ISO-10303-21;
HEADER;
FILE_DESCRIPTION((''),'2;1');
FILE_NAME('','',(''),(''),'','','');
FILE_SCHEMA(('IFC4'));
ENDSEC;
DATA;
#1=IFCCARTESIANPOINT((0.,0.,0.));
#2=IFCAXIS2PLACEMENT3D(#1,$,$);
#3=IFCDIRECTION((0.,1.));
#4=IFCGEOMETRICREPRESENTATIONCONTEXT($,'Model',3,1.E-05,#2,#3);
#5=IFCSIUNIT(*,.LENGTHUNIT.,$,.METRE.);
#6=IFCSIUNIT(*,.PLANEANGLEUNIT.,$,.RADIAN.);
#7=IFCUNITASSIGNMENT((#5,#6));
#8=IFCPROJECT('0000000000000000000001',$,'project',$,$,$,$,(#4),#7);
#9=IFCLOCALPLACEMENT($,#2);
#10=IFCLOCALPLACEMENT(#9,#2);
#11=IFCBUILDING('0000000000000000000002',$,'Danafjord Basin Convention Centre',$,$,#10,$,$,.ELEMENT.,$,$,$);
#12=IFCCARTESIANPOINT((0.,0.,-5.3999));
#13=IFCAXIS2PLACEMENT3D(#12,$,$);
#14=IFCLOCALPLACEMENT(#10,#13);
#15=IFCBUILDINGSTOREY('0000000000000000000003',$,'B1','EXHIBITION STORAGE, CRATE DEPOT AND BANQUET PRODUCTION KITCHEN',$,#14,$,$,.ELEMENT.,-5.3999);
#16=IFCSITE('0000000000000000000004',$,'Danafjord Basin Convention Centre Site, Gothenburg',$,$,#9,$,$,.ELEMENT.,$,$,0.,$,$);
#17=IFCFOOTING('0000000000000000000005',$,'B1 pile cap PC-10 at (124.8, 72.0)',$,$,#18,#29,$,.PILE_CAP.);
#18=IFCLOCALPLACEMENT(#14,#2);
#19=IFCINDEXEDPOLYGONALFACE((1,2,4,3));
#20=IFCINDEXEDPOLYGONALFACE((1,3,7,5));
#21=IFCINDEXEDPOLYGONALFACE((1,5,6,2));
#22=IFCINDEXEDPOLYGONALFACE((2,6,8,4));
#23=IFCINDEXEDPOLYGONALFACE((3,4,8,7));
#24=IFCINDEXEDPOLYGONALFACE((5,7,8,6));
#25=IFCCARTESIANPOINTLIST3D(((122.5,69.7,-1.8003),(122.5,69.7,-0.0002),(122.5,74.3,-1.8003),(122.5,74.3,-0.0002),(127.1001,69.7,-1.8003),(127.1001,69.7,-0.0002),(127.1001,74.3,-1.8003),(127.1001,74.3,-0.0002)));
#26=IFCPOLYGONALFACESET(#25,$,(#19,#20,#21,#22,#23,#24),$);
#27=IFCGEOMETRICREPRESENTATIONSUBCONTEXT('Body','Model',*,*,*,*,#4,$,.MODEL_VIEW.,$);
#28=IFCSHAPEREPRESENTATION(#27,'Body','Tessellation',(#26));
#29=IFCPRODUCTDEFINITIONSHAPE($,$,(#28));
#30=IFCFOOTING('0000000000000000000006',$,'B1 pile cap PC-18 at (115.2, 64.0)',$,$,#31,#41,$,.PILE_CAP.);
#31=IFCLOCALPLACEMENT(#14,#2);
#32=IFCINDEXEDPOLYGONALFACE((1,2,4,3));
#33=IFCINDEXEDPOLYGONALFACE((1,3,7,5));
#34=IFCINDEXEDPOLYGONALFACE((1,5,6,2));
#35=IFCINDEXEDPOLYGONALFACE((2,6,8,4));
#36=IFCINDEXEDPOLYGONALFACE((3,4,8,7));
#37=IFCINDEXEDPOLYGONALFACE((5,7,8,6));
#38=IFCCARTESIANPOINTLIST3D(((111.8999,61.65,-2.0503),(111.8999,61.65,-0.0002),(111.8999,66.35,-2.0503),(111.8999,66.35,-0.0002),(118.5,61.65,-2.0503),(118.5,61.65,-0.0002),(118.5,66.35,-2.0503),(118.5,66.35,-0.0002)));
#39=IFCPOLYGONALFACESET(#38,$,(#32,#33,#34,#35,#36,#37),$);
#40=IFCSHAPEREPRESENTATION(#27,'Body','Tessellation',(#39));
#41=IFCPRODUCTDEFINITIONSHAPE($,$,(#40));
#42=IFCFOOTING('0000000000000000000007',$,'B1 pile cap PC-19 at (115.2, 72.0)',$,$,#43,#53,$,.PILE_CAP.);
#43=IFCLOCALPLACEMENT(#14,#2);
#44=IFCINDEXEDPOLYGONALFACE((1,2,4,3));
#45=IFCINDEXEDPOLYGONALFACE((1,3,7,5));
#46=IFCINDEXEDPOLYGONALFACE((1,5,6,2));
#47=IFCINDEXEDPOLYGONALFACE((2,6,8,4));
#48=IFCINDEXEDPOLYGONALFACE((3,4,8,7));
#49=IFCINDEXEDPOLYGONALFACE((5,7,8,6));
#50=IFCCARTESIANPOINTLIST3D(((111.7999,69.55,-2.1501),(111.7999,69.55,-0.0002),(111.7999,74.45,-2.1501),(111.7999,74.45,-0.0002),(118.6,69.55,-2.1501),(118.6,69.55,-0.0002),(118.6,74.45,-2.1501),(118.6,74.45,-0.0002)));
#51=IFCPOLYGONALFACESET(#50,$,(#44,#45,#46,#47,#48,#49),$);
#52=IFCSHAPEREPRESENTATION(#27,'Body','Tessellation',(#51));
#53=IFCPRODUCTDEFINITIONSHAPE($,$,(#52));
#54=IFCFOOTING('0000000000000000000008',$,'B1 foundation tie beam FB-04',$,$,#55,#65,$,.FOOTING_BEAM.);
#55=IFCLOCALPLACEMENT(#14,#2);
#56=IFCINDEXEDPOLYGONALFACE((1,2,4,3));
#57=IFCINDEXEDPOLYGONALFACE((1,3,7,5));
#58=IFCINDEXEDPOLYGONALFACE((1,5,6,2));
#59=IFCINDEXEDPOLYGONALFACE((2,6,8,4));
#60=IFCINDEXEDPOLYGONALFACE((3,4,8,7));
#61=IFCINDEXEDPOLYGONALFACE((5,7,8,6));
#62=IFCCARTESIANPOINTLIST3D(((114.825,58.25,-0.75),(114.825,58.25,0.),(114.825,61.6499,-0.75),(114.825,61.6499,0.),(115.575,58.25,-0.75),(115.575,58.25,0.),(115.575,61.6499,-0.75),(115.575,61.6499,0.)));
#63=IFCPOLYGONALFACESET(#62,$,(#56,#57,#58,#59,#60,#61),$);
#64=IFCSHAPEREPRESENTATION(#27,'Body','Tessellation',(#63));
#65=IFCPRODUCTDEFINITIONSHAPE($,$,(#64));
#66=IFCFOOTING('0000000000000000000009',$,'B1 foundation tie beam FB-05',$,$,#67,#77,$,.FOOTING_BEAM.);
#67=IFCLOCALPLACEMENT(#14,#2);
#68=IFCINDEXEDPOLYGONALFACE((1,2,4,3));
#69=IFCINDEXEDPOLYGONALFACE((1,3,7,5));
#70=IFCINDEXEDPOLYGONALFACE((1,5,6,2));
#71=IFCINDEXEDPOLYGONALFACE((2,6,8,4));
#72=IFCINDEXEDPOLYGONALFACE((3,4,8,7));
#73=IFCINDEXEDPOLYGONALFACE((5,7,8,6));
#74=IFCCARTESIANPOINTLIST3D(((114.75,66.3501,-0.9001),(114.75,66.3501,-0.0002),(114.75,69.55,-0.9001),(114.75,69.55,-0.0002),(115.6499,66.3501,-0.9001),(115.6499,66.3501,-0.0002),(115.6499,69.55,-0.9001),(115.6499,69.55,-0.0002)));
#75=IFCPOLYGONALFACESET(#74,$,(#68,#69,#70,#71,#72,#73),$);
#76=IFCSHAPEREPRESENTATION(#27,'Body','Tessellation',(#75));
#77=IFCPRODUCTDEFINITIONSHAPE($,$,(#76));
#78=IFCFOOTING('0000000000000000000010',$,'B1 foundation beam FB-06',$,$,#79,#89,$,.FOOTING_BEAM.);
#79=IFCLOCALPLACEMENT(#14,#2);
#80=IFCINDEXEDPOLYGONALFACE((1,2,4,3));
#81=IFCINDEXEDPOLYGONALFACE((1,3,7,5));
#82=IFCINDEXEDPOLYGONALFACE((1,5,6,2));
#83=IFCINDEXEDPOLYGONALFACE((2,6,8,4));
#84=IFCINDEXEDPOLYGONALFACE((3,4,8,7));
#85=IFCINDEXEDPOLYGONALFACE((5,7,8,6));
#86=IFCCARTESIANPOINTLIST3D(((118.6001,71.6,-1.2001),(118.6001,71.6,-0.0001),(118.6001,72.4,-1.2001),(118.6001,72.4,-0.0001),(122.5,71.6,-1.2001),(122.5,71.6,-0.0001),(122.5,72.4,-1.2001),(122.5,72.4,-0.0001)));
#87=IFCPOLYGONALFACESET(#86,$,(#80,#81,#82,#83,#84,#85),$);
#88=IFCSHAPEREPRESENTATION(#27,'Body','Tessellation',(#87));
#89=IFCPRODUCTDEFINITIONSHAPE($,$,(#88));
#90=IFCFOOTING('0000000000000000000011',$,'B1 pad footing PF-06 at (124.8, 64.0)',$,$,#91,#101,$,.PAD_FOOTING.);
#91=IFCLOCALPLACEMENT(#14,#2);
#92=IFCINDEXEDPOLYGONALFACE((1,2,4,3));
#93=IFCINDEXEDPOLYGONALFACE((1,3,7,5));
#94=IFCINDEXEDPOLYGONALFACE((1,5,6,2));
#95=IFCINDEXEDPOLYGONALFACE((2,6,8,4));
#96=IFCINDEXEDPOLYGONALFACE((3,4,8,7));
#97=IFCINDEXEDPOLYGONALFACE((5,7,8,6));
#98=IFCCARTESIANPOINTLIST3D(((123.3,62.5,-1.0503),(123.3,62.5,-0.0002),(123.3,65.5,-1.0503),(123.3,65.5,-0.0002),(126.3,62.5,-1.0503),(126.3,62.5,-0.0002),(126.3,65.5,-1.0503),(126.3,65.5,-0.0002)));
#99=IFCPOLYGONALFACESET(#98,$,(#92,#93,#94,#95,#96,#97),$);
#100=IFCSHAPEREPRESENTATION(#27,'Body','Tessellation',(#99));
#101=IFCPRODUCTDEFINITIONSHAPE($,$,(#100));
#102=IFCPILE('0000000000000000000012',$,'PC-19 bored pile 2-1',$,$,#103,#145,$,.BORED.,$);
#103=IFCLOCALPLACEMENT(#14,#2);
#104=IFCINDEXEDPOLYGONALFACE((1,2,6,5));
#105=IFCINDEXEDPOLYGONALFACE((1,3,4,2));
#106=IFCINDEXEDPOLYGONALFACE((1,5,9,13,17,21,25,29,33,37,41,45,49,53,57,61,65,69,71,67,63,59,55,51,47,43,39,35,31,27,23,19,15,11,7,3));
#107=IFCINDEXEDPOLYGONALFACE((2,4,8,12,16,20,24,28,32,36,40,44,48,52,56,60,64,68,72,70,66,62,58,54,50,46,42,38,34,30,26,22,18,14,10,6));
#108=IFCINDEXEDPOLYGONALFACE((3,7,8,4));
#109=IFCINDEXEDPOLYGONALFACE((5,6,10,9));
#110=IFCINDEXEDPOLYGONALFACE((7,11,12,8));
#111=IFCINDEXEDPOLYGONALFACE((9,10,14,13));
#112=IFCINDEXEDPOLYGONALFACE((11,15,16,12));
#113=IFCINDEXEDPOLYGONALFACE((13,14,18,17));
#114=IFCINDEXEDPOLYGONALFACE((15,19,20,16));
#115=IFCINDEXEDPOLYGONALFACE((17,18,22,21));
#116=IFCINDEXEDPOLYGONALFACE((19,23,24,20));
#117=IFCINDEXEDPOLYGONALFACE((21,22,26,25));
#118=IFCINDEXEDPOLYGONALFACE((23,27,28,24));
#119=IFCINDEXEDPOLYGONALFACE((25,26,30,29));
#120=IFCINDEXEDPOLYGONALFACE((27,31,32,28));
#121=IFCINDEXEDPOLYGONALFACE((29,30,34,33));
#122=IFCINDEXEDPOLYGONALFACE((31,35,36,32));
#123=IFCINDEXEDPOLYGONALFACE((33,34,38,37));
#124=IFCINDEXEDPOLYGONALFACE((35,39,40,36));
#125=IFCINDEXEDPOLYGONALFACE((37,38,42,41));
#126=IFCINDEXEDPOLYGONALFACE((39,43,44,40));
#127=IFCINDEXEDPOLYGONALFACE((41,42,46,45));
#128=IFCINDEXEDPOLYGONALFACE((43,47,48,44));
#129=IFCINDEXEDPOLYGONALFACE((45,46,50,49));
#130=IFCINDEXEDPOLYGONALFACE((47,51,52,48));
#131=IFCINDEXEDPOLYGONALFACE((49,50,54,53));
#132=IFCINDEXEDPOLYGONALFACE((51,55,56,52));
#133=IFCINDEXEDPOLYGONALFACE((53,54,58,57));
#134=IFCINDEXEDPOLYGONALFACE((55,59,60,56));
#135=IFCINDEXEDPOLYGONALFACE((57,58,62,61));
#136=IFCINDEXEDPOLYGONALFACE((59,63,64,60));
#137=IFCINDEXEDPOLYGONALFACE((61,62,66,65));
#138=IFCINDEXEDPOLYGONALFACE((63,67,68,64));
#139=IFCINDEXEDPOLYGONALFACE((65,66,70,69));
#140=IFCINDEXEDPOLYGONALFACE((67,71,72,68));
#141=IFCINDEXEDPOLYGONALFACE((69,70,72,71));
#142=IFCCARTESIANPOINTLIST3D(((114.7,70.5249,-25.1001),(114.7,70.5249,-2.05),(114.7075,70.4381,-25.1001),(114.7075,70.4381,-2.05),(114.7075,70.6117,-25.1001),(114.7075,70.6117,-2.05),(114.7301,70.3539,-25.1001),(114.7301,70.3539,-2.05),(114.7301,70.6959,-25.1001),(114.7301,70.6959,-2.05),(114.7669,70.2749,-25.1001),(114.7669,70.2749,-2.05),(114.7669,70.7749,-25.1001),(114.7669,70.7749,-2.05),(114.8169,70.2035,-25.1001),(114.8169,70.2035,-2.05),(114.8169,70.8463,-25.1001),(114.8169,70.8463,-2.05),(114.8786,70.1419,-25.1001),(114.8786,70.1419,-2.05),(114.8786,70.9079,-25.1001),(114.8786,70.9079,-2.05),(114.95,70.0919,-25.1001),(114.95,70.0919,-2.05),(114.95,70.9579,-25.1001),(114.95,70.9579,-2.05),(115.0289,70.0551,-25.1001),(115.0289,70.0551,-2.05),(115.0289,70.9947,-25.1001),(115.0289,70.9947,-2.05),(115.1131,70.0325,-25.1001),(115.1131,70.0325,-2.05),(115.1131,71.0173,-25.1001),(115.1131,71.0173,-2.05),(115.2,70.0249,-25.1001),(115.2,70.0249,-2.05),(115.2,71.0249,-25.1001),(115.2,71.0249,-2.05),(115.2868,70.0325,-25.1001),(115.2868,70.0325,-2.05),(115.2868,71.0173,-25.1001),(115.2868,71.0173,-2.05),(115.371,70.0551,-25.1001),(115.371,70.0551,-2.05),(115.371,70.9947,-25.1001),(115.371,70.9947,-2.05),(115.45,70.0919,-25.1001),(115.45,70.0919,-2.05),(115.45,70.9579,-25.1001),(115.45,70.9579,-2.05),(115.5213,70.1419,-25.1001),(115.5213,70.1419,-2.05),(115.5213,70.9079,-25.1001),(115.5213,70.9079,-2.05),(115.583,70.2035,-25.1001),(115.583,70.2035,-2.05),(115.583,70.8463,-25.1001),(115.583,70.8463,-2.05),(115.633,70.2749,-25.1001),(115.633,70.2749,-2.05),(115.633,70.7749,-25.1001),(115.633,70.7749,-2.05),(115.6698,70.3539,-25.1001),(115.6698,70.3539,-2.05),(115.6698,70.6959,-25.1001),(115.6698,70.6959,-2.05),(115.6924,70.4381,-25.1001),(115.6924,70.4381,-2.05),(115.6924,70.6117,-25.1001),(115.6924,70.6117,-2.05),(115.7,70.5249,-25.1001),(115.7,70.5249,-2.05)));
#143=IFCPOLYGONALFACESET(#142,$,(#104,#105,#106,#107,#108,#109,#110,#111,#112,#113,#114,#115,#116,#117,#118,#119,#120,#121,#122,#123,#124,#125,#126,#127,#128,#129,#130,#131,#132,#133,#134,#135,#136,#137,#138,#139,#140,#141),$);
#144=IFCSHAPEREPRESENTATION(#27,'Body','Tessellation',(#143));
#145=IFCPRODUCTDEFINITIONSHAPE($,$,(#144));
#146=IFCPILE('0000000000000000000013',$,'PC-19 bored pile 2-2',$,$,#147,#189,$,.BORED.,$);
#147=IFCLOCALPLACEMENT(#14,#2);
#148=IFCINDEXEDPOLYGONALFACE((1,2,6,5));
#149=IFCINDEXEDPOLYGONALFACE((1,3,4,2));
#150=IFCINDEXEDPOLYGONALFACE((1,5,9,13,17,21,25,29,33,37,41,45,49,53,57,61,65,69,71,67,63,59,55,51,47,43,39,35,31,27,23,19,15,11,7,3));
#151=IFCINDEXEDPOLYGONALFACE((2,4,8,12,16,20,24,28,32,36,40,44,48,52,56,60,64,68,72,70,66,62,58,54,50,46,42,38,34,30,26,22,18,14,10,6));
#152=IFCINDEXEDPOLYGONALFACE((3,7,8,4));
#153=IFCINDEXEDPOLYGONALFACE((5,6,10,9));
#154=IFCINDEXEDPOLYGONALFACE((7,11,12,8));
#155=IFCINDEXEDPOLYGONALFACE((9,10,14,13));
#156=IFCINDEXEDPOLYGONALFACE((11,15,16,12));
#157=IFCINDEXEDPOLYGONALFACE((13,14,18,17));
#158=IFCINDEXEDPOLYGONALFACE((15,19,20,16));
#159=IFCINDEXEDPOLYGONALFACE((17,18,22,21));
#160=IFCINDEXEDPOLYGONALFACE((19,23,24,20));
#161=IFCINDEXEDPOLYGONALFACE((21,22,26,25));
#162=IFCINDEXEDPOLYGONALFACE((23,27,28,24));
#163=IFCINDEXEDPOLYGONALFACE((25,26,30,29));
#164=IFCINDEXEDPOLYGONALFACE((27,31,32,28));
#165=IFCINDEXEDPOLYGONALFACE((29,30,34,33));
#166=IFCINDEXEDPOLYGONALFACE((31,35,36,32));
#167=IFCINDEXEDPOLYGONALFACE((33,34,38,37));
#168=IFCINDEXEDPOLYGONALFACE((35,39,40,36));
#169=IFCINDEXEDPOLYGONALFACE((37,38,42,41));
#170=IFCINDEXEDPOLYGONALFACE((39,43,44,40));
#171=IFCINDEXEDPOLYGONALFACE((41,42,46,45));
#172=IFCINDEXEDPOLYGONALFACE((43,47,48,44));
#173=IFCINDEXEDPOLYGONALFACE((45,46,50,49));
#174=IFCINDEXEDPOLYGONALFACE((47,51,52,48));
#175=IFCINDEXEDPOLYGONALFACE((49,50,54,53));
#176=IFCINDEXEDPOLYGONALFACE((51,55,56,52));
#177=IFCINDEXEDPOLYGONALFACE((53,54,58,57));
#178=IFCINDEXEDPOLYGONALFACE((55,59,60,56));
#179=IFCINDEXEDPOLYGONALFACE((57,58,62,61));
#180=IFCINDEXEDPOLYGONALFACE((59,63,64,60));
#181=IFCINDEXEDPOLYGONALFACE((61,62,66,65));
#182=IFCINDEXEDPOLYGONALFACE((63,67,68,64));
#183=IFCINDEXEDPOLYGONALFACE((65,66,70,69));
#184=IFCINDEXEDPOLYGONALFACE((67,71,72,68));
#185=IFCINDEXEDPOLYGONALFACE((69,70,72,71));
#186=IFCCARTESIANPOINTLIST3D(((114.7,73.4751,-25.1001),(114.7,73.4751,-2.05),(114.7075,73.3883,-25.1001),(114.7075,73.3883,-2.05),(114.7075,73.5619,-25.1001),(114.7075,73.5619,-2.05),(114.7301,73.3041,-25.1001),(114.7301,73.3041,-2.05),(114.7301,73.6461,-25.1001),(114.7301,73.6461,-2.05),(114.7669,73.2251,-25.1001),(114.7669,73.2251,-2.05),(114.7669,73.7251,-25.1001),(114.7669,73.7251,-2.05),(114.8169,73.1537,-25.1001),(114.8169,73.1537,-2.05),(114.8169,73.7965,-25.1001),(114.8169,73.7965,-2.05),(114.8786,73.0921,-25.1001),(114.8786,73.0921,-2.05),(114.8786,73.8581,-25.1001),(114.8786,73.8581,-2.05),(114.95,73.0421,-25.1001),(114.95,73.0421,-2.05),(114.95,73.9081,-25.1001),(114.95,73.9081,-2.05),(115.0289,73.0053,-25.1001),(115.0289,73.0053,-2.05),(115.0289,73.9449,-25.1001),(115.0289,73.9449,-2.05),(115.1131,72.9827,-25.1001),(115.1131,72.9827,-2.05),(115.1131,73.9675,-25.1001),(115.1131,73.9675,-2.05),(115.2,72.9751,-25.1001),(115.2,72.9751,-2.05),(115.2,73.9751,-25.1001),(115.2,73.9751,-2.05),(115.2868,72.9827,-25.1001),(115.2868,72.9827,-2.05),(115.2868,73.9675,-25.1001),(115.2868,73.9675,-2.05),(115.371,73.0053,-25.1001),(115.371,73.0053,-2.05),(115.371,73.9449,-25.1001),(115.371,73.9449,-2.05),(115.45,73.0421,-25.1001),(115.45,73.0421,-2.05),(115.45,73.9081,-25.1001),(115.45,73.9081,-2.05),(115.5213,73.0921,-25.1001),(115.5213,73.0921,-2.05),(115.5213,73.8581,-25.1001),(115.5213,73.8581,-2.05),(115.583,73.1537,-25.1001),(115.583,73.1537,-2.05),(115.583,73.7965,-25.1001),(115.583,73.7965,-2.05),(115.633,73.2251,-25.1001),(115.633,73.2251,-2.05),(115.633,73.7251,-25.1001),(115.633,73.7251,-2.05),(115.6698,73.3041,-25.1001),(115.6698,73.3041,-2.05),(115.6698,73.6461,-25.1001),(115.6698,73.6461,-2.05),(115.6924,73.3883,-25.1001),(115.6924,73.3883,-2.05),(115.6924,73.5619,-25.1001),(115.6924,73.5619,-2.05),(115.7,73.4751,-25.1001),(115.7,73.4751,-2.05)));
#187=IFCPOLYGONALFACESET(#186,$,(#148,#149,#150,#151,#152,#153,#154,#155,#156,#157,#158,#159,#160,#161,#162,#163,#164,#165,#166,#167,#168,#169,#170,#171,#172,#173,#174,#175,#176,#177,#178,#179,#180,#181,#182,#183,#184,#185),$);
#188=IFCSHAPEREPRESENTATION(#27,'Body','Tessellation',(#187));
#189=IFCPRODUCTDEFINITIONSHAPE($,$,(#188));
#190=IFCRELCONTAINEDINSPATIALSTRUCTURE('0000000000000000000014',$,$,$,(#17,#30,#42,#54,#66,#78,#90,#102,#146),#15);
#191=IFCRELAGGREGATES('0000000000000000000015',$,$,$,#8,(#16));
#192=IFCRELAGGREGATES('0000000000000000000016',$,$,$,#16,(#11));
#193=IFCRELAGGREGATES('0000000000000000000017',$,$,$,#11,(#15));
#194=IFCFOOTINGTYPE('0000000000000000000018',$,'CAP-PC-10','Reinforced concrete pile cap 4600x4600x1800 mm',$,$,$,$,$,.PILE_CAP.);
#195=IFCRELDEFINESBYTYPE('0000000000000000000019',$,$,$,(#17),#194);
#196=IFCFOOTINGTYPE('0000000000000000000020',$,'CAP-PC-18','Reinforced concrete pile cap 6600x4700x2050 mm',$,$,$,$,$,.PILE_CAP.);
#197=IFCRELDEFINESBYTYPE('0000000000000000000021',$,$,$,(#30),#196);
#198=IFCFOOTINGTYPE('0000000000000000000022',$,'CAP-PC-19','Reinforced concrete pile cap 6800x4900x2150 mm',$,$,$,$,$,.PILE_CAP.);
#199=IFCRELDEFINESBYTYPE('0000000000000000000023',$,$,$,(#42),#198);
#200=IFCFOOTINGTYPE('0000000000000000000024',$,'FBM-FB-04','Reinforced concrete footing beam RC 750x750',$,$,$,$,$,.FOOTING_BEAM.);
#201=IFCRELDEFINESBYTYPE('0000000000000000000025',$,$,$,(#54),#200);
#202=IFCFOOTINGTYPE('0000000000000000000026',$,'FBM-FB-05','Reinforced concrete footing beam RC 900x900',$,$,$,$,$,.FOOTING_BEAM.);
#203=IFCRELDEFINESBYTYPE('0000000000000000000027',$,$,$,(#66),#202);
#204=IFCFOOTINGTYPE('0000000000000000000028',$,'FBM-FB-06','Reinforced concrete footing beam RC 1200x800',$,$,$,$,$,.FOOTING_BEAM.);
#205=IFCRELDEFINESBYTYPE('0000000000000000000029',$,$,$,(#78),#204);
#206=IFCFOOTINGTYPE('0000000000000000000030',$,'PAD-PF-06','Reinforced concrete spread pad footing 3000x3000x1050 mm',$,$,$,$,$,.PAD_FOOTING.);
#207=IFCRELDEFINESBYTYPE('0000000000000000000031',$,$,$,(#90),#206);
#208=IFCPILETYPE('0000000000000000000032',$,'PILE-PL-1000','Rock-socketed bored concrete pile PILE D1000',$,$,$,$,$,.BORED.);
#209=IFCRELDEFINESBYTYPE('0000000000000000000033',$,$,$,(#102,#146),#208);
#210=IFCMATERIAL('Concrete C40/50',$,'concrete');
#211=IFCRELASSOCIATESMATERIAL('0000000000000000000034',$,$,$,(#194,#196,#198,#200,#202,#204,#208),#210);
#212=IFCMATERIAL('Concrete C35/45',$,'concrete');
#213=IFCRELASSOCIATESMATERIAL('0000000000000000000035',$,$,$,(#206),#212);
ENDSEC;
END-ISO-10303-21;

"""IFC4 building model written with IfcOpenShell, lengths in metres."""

from ifc_helpers import new_model, si_unit, direction, frame, origin, origin_2d, place, context, subcontext, project, spatial, rectangle, circle, extrude, material, material_profile, profile_set, type_object, element, save


model = new_model("IFC4")

# Units and contexts
model_context = context("Model", 3, precision=1e-05, world=origin(), true_north=direction((0.0, 1.0)))
body_context = subcontext(model_context, "Body", "Model", "MODEL_VIEW")
ifc_project = project(units=[si_unit("LENGTHUNIT", "METRE"), si_unit("PLANEANGLEUNIT", "RADIAN")], contexts=[model_context])

# Site, building, storey
site_placement = place(None, origin())
site = spatial("IfcSite", under=ifc_project, at=site_placement, Name="Danafjord Basin Convention Centre Site, Gothenburg", CompositionType="ELEMENT", RefElevation=0.0)
building_placement = place(site_placement, origin())
building = spatial("IfcBuilding", under=site, at=building_placement, Name="Danafjord Basin Convention Centre", CompositionType="ELEMENT")
storey_placement = place(building_placement, frame((0.0, 0.0, -5.3999)))
storey = spatial("IfcBuildingStorey", under=building, at=storey_placement, Name="B1", Description="EXHIBITION STORAGE, CRATE DEPOT AND BANQUET PRODUCTION KITCHEN", CompositionType="ELEMENT", Elevation=-5.3999)

# Footings
ifc_material_1 = material(Name="Concrete C40/50", Category="concrete")
footing_type_1 = type_object("IfcFootingType", Name="CAP-PC-10", Description="Reinforced concrete pile cap 4600x4600x1800 mm", PredefinedType="PILE_CAP", material=ifc_material_1)
footing_1_placement = place(storey_placement, frame((124.8, 72.0, -1.8003), z_axis=(0.0, 0.0, 1.0), x_axis=(1.0, 0.0, 0.0)))
element("IfcFooting", 1, at=footing_1_placement, inside=storey, type_object=footing_type_1, Name="B1 pile cap PC-10 at (124.8, 72.0)", PredefinedType="PILE_CAP", context=body_context, shape_type="SweptSolid", body=[
    extrude(rectangle(XDim=4.6001, YDim=4.6001, at=origin_2d()), origin(), (0.0, 0.0, 1.0), 1.8),
])
footing_type_2 = type_object("IfcFootingType", Name="CAP-PC-18", Description="Reinforced concrete pile cap 6600x4700x2050 mm", PredefinedType="PILE_CAP", material=ifc_material_1)
footing_2_placement = place(storey_placement, frame((115.2, 64.0, -2.0503), z_axis=(0.0, 0.0, 1.0), x_axis=(1.0, 0.0, 0.0)))
element("IfcFooting", 2, at=footing_2_placement, inside=storey, type_object=footing_type_2, Name="B1 pile cap PC-18 at (115.2, 64.0)", PredefinedType="PILE_CAP", context=body_context, shape_type="SweptSolid", body=[
    extrude(rectangle(XDim=6.6001, YDim=4.7, at=origin_2d()), origin(), (0.0, 0.0, 1.0), 2.05),
])
footing_type_3 = type_object("IfcFootingType", Name="CAP-PC-19", Description="Reinforced concrete pile cap 6800x4900x2150 mm", PredefinedType="PILE_CAP", material=ifc_material_1)
footing_3_placement = place(storey_placement, frame((115.2, 72.0, -2.1501), z_axis=(0.0, 0.0, 1.0), x_axis=(1.0, 0.0, 0.0)))
element("IfcFooting", 3, at=footing_3_placement, inside=storey, type_object=footing_type_3, Name="B1 pile cap PC-19 at (115.2, 72.0)", PredefinedType="PILE_CAP", context=body_context, shape_type="SweptSolid", body=[
    extrude(rectangle(XDim=6.8, YDim=4.8999, at=origin_2d()), origin(), (0.0, 0.0, 1.0), 2.1499),
])
ifc_material_profile_1 = material_profile(ifc_material_1, rectangle(XDim=0.75, YDim=0.75, at=origin_2d()), Name="RC 750x750")
ifc_profile_set_1 = profile_set([ifc_material_profile_1], Name="Concrete C40/50")
footing_type_4 = type_object("IfcFootingType", Name="FBM-FB-04", Description="Reinforced concrete footing beam RC 750x750", PredefinedType="FOOTING_BEAM", material=ifc_profile_set_1)
footing_4_placement = place(storey_placement, frame((115.2, 58.25, -0.375), z_axis=(0.0, 1.0, 0.0), x_axis=(-1.0, 0.0, 0.0)))
element("IfcFooting", 4, at=footing_4_placement, inside=storey, type_object=footing_type_4, Name="B1 foundation tie beam FB-04", PredefinedType="FOOTING_BEAM", context=body_context, shape_type="SweptSolid", body=[
    extrude(rectangle(XDim=0.75, YDim=0.75, at=origin_2d()), origin(), (0.0, 0.0, 1.0), 3.3999),
])
ifc_material_profile_2 = material_profile(ifc_material_1, rectangle(XDim=0.8999, YDim=0.8999, at=origin_2d()), Name="RC 900x900")
ifc_profile_set_2 = profile_set([ifc_material_profile_2], Name="Concrete C40/50")
footing_type_5 = type_object("IfcFootingType", Name="FBM-FB-05", Description="Reinforced concrete footing beam RC 900x900", PredefinedType="FOOTING_BEAM", material=ifc_profile_set_2)
footing_5_placement = place(storey_placement, frame((115.2, 66.3501, -0.4502), z_axis=(0.0, 1.0, 0.0), x_axis=(-1.0, 0.0, 0.0)))
element("IfcFooting", 5, at=footing_5_placement, inside=storey, type_object=footing_type_5, Name="B1 foundation tie beam FB-05", PredefinedType="FOOTING_BEAM", context=body_context, shape_type="SweptSolid", body=[
    extrude(rectangle(XDim=0.8999, YDim=0.8999, at=origin_2d()), origin(), (0.0, 0.0, 1.0), 3.2),
])
ifc_material_profile_3 = material_profile(ifc_material_1, rectangle(XDim=0.8, YDim=1.2, at=origin_2d()), Name="RC 1200x800")
ifc_profile_set_3 = profile_set([ifc_material_profile_3], Name="Concrete C40/50")
footing_type_6 = type_object("IfcFootingType", Name="FBM-FB-06", Description="Reinforced concrete footing beam RC 1200x800", PredefinedType="FOOTING_BEAM", material=ifc_profile_set_3)
footing_6_placement = place(storey_placement, frame((118.6001, 72.0, -0.6001), z_axis=(1.0, 0.0, 0.0), x_axis=(0.0, 1.0, 0.0)))
element("IfcFooting", 6, at=footing_6_placement, inside=storey, type_object=footing_type_6, Name="B1 foundation beam FB-06", PredefinedType="FOOTING_BEAM", context=body_context, shape_type="SweptSolid", body=[
    extrude(rectangle(XDim=0.8, YDim=1.2, at=origin_2d()), origin(), (0.0, 0.0, 1.0), 3.8999),
])
ifc_material_2 = material(Name="Concrete C35/45", Category="concrete")
footing_type_7 = type_object("IfcFootingType", Name="PAD-PF-06", Description="Reinforced concrete spread pad footing 3000x3000x1050 mm", PredefinedType="PAD_FOOTING", material=ifc_material_2)
footing_7_placement = place(storey_placement, frame((124.8, 64.0, -1.0503), z_axis=(0.0, 0.0, 1.0), x_axis=(1.0, 0.0, 0.0)))
element("IfcFooting", 7, at=footing_7_placement, inside=storey, type_object=footing_type_7, Name="B1 pad footing PF-06 at (124.8, 64.0)", PredefinedType="PAD_FOOTING", context=body_context, shape_type="SweptSolid", body=[
    extrude(rectangle(XDim=3.0, YDim=3.0, at=origin_2d()), origin(), (0.0, 0.0, 1.0), 1.05),
])

# Piles
ifc_material_profile_4 = material_profile(ifc_material_1, circle(Radius=0.5, at=origin_2d()), Name="PILE D1000")
ifc_profile_set_4 = profile_set([ifc_material_profile_4], Name="Concrete C40/50")
pile_type_1 = type_object("IfcPileType", Name="PILE-PL-1000", Description="Rock-socketed bored concrete pile PILE D1000", PredefinedType="BORED", material=ifc_profile_set_4)
for number, where, z_axis, x_axis, name in (
    (8, (115.2, 70.5249, -2.05), (0.0, 0.0, -1.0), (1.0, 0.0, 0.0), "PC-19 bored pile 2-1"),
    (9, (115.2, 73.4751, -2.05), (0.0, 0.0, -1.0), (1.0, 0.0, 0.0), "PC-19 bored pile 2-2"),
):
    element("IfcPile", number, at=place(storey_placement, frame(where, z_axis=z_axis, x_axis=x_axis)), inside=storey, type_object=pile_type_1, Name=name, PredefinedType="BORED", context=body_context, shape_type="SweptSolid", body=[
        extrude(circle(Radius=0.5, at=origin_2d()), origin(), (0.0, 0.0, 1.0), 23.05),
    ])

save(model, "model.ifc")
